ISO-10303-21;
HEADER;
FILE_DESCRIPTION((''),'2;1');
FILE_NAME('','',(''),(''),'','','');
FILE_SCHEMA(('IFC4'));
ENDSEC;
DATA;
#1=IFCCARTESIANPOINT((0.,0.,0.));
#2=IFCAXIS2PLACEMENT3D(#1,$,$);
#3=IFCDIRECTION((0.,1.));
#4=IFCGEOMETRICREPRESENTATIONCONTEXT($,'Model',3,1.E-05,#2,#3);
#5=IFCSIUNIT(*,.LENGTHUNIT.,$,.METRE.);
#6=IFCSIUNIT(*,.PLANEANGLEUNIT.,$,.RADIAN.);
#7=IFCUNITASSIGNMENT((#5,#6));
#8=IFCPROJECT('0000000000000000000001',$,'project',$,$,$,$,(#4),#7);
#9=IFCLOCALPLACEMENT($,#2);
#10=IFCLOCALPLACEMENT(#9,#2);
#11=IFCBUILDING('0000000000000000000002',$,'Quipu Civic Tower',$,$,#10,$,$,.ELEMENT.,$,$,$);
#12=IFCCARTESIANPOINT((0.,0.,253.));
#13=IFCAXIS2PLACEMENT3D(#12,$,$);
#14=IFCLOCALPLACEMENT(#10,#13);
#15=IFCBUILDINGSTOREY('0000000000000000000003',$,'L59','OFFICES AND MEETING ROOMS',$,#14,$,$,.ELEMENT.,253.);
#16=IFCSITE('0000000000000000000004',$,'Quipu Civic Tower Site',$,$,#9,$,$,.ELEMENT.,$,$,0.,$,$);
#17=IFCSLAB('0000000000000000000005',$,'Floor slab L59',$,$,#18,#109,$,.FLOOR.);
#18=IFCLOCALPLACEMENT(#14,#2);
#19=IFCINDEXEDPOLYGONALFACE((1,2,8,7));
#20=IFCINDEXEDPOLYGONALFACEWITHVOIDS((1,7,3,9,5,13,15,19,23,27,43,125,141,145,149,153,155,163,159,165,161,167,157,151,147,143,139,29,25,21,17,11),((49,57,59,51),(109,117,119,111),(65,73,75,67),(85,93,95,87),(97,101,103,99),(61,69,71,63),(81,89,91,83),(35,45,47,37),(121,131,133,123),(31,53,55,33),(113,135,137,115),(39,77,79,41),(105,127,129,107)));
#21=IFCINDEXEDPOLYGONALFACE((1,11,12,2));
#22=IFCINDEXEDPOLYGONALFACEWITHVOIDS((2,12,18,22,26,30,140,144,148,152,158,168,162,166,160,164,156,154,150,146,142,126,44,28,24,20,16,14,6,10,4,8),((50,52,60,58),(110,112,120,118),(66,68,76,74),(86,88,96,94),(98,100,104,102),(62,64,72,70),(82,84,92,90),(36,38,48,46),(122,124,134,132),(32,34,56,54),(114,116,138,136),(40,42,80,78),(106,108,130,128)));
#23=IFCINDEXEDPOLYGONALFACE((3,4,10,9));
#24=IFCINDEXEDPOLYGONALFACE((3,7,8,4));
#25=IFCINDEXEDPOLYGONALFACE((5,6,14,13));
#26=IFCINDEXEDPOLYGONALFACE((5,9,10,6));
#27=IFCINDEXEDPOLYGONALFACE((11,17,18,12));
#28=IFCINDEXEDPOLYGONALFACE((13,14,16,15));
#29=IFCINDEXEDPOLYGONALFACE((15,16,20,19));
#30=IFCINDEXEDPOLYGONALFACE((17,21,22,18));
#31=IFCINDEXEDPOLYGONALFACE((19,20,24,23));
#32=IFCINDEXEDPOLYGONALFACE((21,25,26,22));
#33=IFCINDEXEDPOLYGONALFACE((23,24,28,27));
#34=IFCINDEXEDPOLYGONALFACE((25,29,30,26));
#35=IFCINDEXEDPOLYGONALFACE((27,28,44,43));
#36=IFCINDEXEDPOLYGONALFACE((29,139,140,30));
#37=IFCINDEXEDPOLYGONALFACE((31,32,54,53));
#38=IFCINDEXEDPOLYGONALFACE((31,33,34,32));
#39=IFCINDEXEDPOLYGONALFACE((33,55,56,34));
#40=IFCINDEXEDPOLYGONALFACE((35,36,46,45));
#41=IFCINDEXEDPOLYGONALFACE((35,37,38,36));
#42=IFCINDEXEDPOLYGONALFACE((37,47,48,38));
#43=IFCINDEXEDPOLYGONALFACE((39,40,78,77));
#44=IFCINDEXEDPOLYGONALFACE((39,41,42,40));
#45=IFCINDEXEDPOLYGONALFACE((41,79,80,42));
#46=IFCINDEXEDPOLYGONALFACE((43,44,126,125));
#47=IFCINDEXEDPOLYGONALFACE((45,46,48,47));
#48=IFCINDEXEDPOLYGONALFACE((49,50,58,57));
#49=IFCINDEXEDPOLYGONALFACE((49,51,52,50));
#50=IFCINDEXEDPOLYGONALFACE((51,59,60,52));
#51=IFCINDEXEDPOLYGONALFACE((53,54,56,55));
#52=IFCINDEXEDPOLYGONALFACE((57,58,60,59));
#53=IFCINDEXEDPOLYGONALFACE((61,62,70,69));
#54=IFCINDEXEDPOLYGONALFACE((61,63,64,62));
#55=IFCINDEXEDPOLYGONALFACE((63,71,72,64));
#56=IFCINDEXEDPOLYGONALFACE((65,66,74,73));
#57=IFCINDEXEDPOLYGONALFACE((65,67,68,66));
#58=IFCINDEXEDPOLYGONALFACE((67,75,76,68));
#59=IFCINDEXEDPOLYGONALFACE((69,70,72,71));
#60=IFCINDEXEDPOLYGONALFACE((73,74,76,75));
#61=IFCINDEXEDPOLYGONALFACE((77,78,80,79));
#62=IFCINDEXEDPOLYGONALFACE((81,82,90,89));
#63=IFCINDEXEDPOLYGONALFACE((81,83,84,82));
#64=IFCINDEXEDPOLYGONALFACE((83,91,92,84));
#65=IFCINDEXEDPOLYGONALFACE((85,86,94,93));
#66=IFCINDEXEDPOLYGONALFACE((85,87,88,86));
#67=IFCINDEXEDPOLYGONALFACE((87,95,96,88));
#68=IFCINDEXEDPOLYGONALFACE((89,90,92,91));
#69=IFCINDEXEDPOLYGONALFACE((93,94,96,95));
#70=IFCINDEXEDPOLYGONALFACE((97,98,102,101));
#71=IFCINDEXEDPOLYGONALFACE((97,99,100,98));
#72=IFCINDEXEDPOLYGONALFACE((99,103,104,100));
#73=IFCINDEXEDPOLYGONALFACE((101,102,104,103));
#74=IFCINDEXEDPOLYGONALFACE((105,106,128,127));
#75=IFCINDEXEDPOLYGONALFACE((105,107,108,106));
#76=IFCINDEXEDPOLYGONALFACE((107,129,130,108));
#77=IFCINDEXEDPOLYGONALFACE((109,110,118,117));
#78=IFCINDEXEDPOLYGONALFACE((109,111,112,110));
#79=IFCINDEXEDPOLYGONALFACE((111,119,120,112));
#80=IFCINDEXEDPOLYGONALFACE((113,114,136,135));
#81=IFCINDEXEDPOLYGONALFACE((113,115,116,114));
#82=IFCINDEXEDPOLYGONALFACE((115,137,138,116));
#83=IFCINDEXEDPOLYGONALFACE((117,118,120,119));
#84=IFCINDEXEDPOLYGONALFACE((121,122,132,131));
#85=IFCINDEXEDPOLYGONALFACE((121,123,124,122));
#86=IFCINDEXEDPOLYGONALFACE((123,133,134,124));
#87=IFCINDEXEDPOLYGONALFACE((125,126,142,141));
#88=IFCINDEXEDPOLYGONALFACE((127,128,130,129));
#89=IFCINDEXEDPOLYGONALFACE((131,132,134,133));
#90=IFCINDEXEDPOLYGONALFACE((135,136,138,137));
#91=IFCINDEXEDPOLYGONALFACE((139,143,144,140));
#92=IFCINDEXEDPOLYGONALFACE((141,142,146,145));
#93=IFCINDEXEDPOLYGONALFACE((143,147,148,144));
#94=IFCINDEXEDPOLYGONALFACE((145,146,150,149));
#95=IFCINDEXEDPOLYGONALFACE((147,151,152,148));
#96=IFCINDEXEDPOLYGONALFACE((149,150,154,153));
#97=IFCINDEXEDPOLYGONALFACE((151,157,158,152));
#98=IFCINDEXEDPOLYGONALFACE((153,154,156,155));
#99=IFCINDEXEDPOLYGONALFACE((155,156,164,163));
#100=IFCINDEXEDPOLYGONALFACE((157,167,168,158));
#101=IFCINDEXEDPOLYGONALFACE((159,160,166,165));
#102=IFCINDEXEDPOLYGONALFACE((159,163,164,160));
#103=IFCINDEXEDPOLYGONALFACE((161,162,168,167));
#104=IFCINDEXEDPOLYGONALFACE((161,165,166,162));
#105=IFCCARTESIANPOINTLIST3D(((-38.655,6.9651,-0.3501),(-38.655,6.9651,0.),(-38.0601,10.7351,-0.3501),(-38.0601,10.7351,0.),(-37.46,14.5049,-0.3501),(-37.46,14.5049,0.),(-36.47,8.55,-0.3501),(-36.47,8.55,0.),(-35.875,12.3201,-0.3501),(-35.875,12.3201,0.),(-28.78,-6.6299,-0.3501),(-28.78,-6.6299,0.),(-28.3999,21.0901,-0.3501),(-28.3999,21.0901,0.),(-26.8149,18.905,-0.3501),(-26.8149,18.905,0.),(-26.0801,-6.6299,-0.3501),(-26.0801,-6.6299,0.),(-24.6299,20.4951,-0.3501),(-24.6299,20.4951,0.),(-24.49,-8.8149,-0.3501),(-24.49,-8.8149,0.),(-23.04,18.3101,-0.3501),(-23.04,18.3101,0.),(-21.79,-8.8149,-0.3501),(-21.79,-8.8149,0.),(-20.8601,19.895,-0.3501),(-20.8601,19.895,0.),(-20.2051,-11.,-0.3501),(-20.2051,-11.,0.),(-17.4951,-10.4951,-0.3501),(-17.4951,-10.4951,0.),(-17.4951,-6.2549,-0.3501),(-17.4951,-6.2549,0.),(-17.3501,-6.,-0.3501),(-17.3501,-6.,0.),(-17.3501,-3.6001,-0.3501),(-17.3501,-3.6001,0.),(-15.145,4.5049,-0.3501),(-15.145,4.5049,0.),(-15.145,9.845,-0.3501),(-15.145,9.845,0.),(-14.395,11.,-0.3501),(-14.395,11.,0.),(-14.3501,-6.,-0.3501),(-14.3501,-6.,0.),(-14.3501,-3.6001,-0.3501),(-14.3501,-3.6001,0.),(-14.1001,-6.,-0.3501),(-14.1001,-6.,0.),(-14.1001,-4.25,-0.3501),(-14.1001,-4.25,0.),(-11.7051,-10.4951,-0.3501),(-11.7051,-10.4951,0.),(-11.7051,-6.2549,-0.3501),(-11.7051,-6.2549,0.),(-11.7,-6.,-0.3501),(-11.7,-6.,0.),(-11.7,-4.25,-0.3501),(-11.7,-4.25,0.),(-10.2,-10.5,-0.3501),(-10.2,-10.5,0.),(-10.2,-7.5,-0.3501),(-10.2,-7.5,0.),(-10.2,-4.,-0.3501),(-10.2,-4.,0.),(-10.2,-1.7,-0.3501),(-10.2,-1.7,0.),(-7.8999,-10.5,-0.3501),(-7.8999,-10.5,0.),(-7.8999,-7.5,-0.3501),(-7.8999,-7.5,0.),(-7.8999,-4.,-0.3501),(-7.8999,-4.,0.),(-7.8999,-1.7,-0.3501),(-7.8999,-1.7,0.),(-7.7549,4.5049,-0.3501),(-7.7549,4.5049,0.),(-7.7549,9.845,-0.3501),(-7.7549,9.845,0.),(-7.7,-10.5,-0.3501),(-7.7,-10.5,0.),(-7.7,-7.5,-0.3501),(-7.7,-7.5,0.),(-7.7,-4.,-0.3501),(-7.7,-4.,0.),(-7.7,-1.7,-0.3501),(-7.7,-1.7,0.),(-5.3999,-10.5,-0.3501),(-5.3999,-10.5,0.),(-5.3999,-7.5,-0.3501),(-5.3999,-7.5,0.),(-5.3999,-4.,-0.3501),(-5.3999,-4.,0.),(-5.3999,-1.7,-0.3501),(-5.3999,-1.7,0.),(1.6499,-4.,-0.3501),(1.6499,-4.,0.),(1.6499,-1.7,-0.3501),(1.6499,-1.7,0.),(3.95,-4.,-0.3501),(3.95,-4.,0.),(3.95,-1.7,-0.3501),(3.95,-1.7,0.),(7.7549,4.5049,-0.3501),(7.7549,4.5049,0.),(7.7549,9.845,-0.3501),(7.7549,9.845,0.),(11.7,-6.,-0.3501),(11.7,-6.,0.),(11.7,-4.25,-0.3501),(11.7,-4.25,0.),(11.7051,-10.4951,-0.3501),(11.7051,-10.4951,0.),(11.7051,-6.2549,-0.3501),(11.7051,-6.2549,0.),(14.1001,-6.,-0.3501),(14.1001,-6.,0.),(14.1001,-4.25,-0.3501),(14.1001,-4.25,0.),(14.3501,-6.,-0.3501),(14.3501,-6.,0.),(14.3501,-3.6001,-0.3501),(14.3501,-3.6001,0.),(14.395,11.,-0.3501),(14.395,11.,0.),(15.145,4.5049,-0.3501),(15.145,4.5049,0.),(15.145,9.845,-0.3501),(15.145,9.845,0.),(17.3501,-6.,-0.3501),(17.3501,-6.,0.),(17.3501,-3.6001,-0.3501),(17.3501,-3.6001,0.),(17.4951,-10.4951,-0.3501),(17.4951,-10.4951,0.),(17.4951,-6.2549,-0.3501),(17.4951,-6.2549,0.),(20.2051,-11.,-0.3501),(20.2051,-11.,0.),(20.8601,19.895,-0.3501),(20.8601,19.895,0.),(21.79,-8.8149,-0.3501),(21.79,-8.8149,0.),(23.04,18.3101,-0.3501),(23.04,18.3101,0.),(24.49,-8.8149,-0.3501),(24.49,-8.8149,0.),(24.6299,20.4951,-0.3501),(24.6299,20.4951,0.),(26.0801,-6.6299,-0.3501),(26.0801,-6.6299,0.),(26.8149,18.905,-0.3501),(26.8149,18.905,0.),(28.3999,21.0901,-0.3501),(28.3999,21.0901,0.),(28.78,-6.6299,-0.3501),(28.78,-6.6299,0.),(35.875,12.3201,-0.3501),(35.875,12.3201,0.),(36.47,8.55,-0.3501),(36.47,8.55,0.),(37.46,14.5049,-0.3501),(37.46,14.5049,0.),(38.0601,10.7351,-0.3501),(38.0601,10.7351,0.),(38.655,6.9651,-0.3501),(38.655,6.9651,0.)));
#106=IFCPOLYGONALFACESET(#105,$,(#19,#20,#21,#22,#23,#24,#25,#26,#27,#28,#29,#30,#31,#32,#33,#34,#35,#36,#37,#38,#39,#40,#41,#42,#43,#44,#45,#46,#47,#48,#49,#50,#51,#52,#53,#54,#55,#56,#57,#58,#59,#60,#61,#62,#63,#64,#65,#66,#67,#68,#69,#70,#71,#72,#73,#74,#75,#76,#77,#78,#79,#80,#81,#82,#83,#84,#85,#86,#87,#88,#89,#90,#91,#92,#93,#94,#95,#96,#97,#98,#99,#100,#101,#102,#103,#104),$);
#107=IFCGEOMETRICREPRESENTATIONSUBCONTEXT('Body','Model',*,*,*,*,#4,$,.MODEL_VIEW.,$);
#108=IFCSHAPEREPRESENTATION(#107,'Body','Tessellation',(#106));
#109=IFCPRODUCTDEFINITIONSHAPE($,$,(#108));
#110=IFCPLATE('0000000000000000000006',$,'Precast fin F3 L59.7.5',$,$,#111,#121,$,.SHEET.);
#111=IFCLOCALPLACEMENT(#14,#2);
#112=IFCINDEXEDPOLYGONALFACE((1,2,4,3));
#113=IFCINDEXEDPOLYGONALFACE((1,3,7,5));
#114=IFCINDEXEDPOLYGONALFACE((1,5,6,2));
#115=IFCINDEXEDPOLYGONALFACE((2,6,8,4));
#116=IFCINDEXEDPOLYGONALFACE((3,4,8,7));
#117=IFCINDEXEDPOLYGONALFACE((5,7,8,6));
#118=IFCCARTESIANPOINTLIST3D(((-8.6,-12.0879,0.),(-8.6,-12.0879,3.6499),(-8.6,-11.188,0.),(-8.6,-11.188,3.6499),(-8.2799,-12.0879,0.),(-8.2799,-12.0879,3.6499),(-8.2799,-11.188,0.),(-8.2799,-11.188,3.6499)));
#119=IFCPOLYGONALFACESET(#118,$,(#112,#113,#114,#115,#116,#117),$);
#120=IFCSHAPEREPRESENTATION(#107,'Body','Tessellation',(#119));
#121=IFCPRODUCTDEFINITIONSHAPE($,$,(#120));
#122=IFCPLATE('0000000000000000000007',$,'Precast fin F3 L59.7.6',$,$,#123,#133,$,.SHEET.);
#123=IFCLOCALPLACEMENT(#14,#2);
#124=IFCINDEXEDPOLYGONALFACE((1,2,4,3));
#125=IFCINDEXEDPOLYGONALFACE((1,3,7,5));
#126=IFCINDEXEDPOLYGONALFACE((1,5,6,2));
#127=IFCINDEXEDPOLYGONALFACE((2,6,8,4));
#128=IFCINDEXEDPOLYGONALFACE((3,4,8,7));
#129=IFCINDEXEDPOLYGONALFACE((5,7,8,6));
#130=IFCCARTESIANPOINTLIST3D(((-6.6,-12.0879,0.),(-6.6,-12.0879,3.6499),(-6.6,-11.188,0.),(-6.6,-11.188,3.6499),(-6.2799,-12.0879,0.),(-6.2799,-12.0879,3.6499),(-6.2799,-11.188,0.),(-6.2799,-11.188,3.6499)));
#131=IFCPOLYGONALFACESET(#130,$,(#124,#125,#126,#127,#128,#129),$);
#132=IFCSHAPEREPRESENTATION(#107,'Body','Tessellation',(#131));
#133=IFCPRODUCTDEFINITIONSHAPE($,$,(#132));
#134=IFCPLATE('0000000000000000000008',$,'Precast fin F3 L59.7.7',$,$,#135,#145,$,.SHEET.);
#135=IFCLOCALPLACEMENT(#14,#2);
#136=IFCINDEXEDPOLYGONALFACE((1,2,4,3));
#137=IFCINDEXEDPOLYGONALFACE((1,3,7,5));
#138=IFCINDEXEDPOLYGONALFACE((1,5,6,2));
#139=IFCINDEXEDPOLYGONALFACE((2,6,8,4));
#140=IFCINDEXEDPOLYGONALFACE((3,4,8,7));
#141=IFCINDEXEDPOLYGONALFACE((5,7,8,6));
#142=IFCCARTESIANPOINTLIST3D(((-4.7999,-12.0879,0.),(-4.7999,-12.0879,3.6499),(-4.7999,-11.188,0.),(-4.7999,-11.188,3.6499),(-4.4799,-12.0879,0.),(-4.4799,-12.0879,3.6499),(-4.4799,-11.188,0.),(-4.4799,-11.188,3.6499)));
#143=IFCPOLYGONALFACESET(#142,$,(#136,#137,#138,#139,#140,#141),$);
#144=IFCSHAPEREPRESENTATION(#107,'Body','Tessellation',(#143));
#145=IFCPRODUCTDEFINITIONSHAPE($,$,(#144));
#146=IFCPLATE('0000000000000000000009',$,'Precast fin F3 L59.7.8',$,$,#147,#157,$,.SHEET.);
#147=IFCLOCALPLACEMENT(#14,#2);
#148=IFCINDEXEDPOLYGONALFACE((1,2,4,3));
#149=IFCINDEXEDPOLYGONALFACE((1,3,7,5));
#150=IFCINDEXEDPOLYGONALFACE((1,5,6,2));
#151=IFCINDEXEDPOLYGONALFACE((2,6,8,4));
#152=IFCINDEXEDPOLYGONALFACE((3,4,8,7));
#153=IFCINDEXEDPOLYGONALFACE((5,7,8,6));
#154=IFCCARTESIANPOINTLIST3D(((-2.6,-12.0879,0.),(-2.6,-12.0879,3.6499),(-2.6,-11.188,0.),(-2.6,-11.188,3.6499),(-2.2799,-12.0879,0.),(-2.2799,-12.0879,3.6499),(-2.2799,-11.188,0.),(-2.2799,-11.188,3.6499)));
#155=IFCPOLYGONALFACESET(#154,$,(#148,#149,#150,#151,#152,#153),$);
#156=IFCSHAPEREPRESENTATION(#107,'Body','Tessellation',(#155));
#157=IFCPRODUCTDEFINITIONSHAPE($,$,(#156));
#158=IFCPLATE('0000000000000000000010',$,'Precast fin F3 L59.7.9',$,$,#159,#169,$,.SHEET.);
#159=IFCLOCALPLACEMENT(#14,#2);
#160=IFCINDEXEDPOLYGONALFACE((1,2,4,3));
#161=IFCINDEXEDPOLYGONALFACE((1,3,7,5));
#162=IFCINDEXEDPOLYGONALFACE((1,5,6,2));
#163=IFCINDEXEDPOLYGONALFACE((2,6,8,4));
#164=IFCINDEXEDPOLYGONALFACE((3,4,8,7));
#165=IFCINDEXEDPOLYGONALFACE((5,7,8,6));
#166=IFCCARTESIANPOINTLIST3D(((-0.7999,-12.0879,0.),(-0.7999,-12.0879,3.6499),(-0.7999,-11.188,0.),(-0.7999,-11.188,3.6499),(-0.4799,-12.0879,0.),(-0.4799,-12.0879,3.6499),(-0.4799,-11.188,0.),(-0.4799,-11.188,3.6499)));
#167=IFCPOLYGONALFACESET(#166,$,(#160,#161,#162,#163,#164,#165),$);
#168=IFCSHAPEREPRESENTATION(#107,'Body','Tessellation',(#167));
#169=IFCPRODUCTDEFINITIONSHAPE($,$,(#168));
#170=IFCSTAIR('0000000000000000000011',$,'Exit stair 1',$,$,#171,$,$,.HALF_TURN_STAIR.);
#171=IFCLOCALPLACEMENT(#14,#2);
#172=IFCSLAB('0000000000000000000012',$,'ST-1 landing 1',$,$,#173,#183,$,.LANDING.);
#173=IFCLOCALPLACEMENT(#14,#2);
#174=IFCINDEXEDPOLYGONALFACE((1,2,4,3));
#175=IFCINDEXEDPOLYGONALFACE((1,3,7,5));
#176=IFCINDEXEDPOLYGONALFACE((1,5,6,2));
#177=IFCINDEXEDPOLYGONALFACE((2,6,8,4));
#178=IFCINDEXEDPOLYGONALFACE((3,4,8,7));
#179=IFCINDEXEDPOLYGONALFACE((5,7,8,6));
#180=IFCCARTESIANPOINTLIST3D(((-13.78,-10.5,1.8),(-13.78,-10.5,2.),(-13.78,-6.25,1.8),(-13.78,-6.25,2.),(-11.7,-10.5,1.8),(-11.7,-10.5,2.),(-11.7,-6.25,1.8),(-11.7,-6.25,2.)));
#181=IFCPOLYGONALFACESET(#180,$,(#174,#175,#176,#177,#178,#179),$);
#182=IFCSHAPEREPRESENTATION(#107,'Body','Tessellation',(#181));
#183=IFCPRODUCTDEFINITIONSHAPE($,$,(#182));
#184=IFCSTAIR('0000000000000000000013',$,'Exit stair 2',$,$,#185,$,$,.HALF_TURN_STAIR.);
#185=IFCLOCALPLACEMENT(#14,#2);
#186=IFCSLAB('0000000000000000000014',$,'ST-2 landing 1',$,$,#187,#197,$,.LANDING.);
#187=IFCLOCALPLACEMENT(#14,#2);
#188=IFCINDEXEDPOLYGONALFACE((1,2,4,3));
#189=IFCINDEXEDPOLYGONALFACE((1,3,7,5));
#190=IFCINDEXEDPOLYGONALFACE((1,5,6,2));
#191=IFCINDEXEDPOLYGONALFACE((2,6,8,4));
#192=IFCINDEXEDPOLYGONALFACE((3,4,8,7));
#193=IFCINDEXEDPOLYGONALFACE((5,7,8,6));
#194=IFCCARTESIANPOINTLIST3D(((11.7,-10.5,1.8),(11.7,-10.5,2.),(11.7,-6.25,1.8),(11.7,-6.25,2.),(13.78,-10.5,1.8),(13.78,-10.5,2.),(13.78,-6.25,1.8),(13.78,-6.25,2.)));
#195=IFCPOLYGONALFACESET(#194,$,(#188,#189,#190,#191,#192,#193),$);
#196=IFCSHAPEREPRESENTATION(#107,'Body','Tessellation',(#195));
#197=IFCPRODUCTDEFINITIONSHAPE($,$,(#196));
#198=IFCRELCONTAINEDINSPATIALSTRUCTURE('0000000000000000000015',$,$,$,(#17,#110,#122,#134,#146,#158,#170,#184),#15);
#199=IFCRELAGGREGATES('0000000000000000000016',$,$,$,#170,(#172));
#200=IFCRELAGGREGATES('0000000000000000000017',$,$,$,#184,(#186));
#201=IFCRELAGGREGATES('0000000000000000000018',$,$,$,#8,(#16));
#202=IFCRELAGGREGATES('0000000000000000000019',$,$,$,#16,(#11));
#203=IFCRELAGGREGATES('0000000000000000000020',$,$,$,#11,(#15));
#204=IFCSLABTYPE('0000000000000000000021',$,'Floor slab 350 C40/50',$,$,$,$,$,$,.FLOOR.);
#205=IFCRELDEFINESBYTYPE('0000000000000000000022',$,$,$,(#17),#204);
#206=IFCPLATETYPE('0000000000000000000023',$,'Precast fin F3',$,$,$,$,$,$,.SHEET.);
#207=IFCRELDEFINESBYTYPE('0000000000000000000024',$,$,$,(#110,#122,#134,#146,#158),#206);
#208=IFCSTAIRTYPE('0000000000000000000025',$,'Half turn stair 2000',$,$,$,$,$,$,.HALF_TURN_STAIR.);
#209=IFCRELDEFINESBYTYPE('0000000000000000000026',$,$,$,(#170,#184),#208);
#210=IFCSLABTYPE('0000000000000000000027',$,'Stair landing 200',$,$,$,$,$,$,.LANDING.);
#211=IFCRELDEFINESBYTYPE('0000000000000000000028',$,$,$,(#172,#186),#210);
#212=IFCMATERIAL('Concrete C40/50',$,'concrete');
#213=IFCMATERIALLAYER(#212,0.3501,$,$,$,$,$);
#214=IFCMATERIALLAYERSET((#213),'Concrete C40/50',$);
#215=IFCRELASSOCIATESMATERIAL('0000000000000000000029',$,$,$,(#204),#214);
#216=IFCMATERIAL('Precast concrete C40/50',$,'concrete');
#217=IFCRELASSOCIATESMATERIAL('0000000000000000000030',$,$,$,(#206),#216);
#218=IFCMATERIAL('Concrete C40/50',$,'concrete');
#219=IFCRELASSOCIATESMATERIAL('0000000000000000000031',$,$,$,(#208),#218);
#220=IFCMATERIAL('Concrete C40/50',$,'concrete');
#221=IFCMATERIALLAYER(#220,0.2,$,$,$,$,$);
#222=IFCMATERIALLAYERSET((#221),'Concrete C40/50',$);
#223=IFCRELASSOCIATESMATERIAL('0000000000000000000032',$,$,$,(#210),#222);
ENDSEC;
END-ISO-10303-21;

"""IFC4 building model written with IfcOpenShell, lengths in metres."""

from ifc_helpers import new_model, si_unit, direction, frame, origin, origin_2d, place, context, subcontext, project, spatial, polyline, rectangle, outline, extrude, material, layer, layer_set, type_object, element, aggregate, save


model = new_model("IFC4")

# Units and contexts
model_context = context("Model", 3, precision=1e-05, world=origin(), true_north=direction((0.0, 1.0)))
body_context = subcontext(model_context, "Body", "Model", "MODEL_VIEW")
ifc_project = project(units=[si_unit("LENGTHUNIT", "METRE"), si_unit("PLANEANGLEUNIT", "RADIAN")], contexts=[model_context])

# Site, building, storey
site_placement = place(None, origin())
site = spatial("IfcSite", under=ifc_project, at=site_placement, Name="Quipu Civic Tower Site", CompositionType="ELEMENT", RefElevation=0.0)
building_placement = place(site_placement, origin())
building = spatial("IfcBuilding", under=site, at=building_placement, Name="Quipu Civic Tower", CompositionType="ELEMENT")
storey_placement = place(building_placement, frame((0.0, 0.0, 253.0)))
storey = spatial("IfcBuildingStorey", under=building, at=storey_placement, Name="L59", Description="OFFICES AND MEETING ROOMS", CompositionType="ELEMENT", Elevation=253.0)

# Slab
ifc_material_1 = material(Name="Concrete C40/50", Category="concrete")
ifc_layer_1 = layer(ifc_material_1, 0.3501)
ifc_layer_set_1 = layer_set([ifc_layer_1], Name="Concrete C40/50")
slab_type_1 = type_object("IfcSlabType", Name="Floor slab 350 C40/50", PredefinedType="FLOOR", material=ifc_layer_set_1)
slab_1_placement = place(storey_placement, frame((0.0, 0.0, -0.3501)))
element("IfcSlab", 1, at=slab_1_placement, inside=storey, type_object=slab_type_1, Name="Floor slab L59", PredefinedType="FLOOR", context=body_context, shape_type="SweptSolid", body=[
    extrude(outline(polyline([(20.8601, 19.895), (23.04, 18.3101), (24.6299, 20.4951), (26.8149, 18.905), (28.3999, 21.0901), (37.46, 14.5049), (35.875, 12.3201), (38.0601, 10.7351), (36.47, 8.55), (38.655, 6.9651), (28.78, -6.6299), (26.0801, -6.6299), (24.49, -8.8149), (21.79, -8.8149), (20.2051, -11.0), (-20.2051, -11.0), (-21.79, -8.8149), (-24.49, -8.8149), (-26.0801, -6.6299), (-28.78, -6.6299), (-38.655, 6.9651), (-36.47, 8.55), (-38.0601, 10.7351), (-35.875, 12.3201), (-37.46, 14.5049), (-28.3999, 21.0901), (-26.8149, 18.905), (-24.6299, 20.4951), (-23.04, 18.3101), (-20.8601, 19.895), (-14.395, 11.0), (14.395, 11.0), (20.8601, 19.895)]), holes=[polyline([(-10.2, -10.5), (-7.8999, -10.5), (-7.8999, -7.5), (-10.2, -7.5), (-10.2, -10.5)]), polyline([(-7.7, -7.5), (-7.7, -10.5), (-5.3999, -10.5), (-5.3999, -7.5), (-7.7, -7.5)]), polyline([(-11.7051, -6.2549), (-17.4951, -6.2549), (-17.4951, -10.4951), (-11.7051, -10.4951), (-11.7051, -6.2549)]), polyline([(-14.1001, -6.0), (-11.7, -6.0), (-11.7, -4.25), (-14.1001, -4.25), (-14.1001, -6.0)]), polyline([(-17.3501, -3.6001), (-17.3501, -6.0), (-14.3501, -6.0), (-14.3501, -3.6001), (-17.3501, -3.6001)]), polyline([(-10.2, -1.7), (-10.2, -4.0), (-7.8999, -4.0), (-7.8999, -1.7), (-10.2, -1.7)]), polyline([(-15.145, 9.845), (-15.145, 4.5049), (-7.7549, 4.5049), (-7.7549, 9.845), (-15.145, 9.845)]), polyline([(11.7051, -10.4951), (17.4951, -10.4951), (17.4951, -6.2549), (11.7051, -6.2549), (11.7051, -10.4951)]), polyline([(11.7, -4.25), (11.7, -6.0), (14.1001, -6.0), (14.1001, -4.25), (11.7, -4.25)]), polyline([(14.3501, -3.6001), (14.3501, -6.0), (17.3501, -6.0), (17.3501, -3.6001), (14.3501, -3.6001)]), polyline([(-7.7, -1.7), (-7.7, -4.0), (-5.3999, -4.0), (-5.3999, -1.7), (-7.7, -1.7)]), polyline([(1.6499, -1.7), (1.6499, -4.0), (3.95, -4.0), (3.95, -1.7), (1.6499, -1.7)]), polyline([(7.7549, 4.5049), (15.145, 4.5049), (15.145, 9.845), (7.7549, 9.845), (7.7549, 4.5049)])]), origin(), (0.0, 0.0, 1.0), 0.3501),
])

# Plates
ifc_material_2 = material(Name="Precast concrete C40/50", Category="concrete")
plate_type = type_object("IfcPlateType", Name="Precast fin F3", PredefinedType="SHEET", material=ifc_material_2)
for number, where, z_axis, x_axis, name in (
    (2, (-8.4399, -11.6379, 0.0), (0.0, 0.0, 1.0), (1.0, 0.0, 0.0), "Precast fin F3 L59.7.5"),
    (3, (-6.4399, -11.6379, 0.0), (0.0, 0.0, 1.0), (1.0, 0.0, 0.0), "Precast fin F3 L59.7.6"),
    (4, (-4.6399, -11.6379, 0.0), (0.0, 0.0, 1.0), (1.0, 0.0, 0.0), "Precast fin F3 L59.7.7"),
    (5, (-2.4399, -11.6379, 0.0), (0.0, 0.0, 1.0), (1.0, 0.0, 0.0), "Precast fin F3 L59.7.8"),
    (6, (-0.6399, -11.6379, 0.0), (0.0, 0.0, 1.0), (1.0, 0.0, 0.0), "Precast fin F3 L59.7.9"),
):
    element("IfcPlate", number, at=place(storey_placement, frame(where, z_axis=z_axis, x_axis=x_axis)), inside=storey, type_object=plate_type, Name=name, PredefinedType="SHEET", context=body_context, shape_type="SweptSolid", body=[
        extrude(rectangle(XDim=0.3201, YDim=0.8999, at=origin_2d()), origin(), (0.0, 0.0, 1.0), 3.6499),
    ])

# Stairs, slabs
ifc_material_3 = material(Name="Concrete C40/50", Category="concrete")
stair_type = type_object("IfcStairType", Name="Half turn stair 2000", PredefinedType="HALF_TURN_STAIR", material=ifc_material_3)
stair_1_placement = place(storey_placement, origin())
stair_1 = element("IfcStair", 7, at=stair_1_placement, inside=storey, type_object=stair_type, Name="Exit stair 1", PredefinedType="HALF_TURN_STAIR")
ifc_material_4 = material(Name="Concrete C40/50", Category="concrete")
ifc_layer_2 = layer(ifc_material_4, 0.2)
ifc_layer_set_2 = layer_set([ifc_layer_2], Name="Concrete C40/50")
slab_type_2 = type_object("IfcSlabType", Name="Stair landing 200", PredefinedType="LANDING", material=ifc_layer_set_2)
slab_2_placement = place(storey_placement, frame((0.0, 0.0, 1.8)))
slab_2 = element("IfcSlab", 8, at=slab_2_placement, type_object=slab_type_2, Name="ST-1 landing 1", PredefinedType="LANDING", context=body_context, shape_type="SweptSolid", body=[
    extrude(outline(polyline([(-13.78, -10.5), (-11.7, -10.5), (-11.7, -6.25), (-13.78, -6.25), (-13.78, -10.5)])), origin(), (0.0, 0.0, 1.0), 0.2),
])
aggregate(stair_1, [slab_2])
stair_2_placement = place(storey_placement, origin())
stair_2 = element("IfcStair", 9, at=stair_2_placement, inside=storey, type_object=stair_type, Name="Exit stair 2", PredefinedType="HALF_TURN_STAIR")
slab_3_placement = place(storey_placement, frame((0.0, 0.0, 1.8)))
slab_3 = element("IfcSlab", 10, at=slab_3_placement, type_object=slab_type_2, Name="ST-2 landing 1", PredefinedType="LANDING", context=body_context, shape_type="SweptSolid", body=[
    extrude(outline(polyline([(13.78, -6.25), (11.7, -6.25), (11.7, -10.5), (13.78, -10.5), (13.78, -6.25)])), origin(), (0.0, 0.0, 1.0), 0.2),
])
aggregate(stair_2, [slab_3])

save(model, "model.ifc")
